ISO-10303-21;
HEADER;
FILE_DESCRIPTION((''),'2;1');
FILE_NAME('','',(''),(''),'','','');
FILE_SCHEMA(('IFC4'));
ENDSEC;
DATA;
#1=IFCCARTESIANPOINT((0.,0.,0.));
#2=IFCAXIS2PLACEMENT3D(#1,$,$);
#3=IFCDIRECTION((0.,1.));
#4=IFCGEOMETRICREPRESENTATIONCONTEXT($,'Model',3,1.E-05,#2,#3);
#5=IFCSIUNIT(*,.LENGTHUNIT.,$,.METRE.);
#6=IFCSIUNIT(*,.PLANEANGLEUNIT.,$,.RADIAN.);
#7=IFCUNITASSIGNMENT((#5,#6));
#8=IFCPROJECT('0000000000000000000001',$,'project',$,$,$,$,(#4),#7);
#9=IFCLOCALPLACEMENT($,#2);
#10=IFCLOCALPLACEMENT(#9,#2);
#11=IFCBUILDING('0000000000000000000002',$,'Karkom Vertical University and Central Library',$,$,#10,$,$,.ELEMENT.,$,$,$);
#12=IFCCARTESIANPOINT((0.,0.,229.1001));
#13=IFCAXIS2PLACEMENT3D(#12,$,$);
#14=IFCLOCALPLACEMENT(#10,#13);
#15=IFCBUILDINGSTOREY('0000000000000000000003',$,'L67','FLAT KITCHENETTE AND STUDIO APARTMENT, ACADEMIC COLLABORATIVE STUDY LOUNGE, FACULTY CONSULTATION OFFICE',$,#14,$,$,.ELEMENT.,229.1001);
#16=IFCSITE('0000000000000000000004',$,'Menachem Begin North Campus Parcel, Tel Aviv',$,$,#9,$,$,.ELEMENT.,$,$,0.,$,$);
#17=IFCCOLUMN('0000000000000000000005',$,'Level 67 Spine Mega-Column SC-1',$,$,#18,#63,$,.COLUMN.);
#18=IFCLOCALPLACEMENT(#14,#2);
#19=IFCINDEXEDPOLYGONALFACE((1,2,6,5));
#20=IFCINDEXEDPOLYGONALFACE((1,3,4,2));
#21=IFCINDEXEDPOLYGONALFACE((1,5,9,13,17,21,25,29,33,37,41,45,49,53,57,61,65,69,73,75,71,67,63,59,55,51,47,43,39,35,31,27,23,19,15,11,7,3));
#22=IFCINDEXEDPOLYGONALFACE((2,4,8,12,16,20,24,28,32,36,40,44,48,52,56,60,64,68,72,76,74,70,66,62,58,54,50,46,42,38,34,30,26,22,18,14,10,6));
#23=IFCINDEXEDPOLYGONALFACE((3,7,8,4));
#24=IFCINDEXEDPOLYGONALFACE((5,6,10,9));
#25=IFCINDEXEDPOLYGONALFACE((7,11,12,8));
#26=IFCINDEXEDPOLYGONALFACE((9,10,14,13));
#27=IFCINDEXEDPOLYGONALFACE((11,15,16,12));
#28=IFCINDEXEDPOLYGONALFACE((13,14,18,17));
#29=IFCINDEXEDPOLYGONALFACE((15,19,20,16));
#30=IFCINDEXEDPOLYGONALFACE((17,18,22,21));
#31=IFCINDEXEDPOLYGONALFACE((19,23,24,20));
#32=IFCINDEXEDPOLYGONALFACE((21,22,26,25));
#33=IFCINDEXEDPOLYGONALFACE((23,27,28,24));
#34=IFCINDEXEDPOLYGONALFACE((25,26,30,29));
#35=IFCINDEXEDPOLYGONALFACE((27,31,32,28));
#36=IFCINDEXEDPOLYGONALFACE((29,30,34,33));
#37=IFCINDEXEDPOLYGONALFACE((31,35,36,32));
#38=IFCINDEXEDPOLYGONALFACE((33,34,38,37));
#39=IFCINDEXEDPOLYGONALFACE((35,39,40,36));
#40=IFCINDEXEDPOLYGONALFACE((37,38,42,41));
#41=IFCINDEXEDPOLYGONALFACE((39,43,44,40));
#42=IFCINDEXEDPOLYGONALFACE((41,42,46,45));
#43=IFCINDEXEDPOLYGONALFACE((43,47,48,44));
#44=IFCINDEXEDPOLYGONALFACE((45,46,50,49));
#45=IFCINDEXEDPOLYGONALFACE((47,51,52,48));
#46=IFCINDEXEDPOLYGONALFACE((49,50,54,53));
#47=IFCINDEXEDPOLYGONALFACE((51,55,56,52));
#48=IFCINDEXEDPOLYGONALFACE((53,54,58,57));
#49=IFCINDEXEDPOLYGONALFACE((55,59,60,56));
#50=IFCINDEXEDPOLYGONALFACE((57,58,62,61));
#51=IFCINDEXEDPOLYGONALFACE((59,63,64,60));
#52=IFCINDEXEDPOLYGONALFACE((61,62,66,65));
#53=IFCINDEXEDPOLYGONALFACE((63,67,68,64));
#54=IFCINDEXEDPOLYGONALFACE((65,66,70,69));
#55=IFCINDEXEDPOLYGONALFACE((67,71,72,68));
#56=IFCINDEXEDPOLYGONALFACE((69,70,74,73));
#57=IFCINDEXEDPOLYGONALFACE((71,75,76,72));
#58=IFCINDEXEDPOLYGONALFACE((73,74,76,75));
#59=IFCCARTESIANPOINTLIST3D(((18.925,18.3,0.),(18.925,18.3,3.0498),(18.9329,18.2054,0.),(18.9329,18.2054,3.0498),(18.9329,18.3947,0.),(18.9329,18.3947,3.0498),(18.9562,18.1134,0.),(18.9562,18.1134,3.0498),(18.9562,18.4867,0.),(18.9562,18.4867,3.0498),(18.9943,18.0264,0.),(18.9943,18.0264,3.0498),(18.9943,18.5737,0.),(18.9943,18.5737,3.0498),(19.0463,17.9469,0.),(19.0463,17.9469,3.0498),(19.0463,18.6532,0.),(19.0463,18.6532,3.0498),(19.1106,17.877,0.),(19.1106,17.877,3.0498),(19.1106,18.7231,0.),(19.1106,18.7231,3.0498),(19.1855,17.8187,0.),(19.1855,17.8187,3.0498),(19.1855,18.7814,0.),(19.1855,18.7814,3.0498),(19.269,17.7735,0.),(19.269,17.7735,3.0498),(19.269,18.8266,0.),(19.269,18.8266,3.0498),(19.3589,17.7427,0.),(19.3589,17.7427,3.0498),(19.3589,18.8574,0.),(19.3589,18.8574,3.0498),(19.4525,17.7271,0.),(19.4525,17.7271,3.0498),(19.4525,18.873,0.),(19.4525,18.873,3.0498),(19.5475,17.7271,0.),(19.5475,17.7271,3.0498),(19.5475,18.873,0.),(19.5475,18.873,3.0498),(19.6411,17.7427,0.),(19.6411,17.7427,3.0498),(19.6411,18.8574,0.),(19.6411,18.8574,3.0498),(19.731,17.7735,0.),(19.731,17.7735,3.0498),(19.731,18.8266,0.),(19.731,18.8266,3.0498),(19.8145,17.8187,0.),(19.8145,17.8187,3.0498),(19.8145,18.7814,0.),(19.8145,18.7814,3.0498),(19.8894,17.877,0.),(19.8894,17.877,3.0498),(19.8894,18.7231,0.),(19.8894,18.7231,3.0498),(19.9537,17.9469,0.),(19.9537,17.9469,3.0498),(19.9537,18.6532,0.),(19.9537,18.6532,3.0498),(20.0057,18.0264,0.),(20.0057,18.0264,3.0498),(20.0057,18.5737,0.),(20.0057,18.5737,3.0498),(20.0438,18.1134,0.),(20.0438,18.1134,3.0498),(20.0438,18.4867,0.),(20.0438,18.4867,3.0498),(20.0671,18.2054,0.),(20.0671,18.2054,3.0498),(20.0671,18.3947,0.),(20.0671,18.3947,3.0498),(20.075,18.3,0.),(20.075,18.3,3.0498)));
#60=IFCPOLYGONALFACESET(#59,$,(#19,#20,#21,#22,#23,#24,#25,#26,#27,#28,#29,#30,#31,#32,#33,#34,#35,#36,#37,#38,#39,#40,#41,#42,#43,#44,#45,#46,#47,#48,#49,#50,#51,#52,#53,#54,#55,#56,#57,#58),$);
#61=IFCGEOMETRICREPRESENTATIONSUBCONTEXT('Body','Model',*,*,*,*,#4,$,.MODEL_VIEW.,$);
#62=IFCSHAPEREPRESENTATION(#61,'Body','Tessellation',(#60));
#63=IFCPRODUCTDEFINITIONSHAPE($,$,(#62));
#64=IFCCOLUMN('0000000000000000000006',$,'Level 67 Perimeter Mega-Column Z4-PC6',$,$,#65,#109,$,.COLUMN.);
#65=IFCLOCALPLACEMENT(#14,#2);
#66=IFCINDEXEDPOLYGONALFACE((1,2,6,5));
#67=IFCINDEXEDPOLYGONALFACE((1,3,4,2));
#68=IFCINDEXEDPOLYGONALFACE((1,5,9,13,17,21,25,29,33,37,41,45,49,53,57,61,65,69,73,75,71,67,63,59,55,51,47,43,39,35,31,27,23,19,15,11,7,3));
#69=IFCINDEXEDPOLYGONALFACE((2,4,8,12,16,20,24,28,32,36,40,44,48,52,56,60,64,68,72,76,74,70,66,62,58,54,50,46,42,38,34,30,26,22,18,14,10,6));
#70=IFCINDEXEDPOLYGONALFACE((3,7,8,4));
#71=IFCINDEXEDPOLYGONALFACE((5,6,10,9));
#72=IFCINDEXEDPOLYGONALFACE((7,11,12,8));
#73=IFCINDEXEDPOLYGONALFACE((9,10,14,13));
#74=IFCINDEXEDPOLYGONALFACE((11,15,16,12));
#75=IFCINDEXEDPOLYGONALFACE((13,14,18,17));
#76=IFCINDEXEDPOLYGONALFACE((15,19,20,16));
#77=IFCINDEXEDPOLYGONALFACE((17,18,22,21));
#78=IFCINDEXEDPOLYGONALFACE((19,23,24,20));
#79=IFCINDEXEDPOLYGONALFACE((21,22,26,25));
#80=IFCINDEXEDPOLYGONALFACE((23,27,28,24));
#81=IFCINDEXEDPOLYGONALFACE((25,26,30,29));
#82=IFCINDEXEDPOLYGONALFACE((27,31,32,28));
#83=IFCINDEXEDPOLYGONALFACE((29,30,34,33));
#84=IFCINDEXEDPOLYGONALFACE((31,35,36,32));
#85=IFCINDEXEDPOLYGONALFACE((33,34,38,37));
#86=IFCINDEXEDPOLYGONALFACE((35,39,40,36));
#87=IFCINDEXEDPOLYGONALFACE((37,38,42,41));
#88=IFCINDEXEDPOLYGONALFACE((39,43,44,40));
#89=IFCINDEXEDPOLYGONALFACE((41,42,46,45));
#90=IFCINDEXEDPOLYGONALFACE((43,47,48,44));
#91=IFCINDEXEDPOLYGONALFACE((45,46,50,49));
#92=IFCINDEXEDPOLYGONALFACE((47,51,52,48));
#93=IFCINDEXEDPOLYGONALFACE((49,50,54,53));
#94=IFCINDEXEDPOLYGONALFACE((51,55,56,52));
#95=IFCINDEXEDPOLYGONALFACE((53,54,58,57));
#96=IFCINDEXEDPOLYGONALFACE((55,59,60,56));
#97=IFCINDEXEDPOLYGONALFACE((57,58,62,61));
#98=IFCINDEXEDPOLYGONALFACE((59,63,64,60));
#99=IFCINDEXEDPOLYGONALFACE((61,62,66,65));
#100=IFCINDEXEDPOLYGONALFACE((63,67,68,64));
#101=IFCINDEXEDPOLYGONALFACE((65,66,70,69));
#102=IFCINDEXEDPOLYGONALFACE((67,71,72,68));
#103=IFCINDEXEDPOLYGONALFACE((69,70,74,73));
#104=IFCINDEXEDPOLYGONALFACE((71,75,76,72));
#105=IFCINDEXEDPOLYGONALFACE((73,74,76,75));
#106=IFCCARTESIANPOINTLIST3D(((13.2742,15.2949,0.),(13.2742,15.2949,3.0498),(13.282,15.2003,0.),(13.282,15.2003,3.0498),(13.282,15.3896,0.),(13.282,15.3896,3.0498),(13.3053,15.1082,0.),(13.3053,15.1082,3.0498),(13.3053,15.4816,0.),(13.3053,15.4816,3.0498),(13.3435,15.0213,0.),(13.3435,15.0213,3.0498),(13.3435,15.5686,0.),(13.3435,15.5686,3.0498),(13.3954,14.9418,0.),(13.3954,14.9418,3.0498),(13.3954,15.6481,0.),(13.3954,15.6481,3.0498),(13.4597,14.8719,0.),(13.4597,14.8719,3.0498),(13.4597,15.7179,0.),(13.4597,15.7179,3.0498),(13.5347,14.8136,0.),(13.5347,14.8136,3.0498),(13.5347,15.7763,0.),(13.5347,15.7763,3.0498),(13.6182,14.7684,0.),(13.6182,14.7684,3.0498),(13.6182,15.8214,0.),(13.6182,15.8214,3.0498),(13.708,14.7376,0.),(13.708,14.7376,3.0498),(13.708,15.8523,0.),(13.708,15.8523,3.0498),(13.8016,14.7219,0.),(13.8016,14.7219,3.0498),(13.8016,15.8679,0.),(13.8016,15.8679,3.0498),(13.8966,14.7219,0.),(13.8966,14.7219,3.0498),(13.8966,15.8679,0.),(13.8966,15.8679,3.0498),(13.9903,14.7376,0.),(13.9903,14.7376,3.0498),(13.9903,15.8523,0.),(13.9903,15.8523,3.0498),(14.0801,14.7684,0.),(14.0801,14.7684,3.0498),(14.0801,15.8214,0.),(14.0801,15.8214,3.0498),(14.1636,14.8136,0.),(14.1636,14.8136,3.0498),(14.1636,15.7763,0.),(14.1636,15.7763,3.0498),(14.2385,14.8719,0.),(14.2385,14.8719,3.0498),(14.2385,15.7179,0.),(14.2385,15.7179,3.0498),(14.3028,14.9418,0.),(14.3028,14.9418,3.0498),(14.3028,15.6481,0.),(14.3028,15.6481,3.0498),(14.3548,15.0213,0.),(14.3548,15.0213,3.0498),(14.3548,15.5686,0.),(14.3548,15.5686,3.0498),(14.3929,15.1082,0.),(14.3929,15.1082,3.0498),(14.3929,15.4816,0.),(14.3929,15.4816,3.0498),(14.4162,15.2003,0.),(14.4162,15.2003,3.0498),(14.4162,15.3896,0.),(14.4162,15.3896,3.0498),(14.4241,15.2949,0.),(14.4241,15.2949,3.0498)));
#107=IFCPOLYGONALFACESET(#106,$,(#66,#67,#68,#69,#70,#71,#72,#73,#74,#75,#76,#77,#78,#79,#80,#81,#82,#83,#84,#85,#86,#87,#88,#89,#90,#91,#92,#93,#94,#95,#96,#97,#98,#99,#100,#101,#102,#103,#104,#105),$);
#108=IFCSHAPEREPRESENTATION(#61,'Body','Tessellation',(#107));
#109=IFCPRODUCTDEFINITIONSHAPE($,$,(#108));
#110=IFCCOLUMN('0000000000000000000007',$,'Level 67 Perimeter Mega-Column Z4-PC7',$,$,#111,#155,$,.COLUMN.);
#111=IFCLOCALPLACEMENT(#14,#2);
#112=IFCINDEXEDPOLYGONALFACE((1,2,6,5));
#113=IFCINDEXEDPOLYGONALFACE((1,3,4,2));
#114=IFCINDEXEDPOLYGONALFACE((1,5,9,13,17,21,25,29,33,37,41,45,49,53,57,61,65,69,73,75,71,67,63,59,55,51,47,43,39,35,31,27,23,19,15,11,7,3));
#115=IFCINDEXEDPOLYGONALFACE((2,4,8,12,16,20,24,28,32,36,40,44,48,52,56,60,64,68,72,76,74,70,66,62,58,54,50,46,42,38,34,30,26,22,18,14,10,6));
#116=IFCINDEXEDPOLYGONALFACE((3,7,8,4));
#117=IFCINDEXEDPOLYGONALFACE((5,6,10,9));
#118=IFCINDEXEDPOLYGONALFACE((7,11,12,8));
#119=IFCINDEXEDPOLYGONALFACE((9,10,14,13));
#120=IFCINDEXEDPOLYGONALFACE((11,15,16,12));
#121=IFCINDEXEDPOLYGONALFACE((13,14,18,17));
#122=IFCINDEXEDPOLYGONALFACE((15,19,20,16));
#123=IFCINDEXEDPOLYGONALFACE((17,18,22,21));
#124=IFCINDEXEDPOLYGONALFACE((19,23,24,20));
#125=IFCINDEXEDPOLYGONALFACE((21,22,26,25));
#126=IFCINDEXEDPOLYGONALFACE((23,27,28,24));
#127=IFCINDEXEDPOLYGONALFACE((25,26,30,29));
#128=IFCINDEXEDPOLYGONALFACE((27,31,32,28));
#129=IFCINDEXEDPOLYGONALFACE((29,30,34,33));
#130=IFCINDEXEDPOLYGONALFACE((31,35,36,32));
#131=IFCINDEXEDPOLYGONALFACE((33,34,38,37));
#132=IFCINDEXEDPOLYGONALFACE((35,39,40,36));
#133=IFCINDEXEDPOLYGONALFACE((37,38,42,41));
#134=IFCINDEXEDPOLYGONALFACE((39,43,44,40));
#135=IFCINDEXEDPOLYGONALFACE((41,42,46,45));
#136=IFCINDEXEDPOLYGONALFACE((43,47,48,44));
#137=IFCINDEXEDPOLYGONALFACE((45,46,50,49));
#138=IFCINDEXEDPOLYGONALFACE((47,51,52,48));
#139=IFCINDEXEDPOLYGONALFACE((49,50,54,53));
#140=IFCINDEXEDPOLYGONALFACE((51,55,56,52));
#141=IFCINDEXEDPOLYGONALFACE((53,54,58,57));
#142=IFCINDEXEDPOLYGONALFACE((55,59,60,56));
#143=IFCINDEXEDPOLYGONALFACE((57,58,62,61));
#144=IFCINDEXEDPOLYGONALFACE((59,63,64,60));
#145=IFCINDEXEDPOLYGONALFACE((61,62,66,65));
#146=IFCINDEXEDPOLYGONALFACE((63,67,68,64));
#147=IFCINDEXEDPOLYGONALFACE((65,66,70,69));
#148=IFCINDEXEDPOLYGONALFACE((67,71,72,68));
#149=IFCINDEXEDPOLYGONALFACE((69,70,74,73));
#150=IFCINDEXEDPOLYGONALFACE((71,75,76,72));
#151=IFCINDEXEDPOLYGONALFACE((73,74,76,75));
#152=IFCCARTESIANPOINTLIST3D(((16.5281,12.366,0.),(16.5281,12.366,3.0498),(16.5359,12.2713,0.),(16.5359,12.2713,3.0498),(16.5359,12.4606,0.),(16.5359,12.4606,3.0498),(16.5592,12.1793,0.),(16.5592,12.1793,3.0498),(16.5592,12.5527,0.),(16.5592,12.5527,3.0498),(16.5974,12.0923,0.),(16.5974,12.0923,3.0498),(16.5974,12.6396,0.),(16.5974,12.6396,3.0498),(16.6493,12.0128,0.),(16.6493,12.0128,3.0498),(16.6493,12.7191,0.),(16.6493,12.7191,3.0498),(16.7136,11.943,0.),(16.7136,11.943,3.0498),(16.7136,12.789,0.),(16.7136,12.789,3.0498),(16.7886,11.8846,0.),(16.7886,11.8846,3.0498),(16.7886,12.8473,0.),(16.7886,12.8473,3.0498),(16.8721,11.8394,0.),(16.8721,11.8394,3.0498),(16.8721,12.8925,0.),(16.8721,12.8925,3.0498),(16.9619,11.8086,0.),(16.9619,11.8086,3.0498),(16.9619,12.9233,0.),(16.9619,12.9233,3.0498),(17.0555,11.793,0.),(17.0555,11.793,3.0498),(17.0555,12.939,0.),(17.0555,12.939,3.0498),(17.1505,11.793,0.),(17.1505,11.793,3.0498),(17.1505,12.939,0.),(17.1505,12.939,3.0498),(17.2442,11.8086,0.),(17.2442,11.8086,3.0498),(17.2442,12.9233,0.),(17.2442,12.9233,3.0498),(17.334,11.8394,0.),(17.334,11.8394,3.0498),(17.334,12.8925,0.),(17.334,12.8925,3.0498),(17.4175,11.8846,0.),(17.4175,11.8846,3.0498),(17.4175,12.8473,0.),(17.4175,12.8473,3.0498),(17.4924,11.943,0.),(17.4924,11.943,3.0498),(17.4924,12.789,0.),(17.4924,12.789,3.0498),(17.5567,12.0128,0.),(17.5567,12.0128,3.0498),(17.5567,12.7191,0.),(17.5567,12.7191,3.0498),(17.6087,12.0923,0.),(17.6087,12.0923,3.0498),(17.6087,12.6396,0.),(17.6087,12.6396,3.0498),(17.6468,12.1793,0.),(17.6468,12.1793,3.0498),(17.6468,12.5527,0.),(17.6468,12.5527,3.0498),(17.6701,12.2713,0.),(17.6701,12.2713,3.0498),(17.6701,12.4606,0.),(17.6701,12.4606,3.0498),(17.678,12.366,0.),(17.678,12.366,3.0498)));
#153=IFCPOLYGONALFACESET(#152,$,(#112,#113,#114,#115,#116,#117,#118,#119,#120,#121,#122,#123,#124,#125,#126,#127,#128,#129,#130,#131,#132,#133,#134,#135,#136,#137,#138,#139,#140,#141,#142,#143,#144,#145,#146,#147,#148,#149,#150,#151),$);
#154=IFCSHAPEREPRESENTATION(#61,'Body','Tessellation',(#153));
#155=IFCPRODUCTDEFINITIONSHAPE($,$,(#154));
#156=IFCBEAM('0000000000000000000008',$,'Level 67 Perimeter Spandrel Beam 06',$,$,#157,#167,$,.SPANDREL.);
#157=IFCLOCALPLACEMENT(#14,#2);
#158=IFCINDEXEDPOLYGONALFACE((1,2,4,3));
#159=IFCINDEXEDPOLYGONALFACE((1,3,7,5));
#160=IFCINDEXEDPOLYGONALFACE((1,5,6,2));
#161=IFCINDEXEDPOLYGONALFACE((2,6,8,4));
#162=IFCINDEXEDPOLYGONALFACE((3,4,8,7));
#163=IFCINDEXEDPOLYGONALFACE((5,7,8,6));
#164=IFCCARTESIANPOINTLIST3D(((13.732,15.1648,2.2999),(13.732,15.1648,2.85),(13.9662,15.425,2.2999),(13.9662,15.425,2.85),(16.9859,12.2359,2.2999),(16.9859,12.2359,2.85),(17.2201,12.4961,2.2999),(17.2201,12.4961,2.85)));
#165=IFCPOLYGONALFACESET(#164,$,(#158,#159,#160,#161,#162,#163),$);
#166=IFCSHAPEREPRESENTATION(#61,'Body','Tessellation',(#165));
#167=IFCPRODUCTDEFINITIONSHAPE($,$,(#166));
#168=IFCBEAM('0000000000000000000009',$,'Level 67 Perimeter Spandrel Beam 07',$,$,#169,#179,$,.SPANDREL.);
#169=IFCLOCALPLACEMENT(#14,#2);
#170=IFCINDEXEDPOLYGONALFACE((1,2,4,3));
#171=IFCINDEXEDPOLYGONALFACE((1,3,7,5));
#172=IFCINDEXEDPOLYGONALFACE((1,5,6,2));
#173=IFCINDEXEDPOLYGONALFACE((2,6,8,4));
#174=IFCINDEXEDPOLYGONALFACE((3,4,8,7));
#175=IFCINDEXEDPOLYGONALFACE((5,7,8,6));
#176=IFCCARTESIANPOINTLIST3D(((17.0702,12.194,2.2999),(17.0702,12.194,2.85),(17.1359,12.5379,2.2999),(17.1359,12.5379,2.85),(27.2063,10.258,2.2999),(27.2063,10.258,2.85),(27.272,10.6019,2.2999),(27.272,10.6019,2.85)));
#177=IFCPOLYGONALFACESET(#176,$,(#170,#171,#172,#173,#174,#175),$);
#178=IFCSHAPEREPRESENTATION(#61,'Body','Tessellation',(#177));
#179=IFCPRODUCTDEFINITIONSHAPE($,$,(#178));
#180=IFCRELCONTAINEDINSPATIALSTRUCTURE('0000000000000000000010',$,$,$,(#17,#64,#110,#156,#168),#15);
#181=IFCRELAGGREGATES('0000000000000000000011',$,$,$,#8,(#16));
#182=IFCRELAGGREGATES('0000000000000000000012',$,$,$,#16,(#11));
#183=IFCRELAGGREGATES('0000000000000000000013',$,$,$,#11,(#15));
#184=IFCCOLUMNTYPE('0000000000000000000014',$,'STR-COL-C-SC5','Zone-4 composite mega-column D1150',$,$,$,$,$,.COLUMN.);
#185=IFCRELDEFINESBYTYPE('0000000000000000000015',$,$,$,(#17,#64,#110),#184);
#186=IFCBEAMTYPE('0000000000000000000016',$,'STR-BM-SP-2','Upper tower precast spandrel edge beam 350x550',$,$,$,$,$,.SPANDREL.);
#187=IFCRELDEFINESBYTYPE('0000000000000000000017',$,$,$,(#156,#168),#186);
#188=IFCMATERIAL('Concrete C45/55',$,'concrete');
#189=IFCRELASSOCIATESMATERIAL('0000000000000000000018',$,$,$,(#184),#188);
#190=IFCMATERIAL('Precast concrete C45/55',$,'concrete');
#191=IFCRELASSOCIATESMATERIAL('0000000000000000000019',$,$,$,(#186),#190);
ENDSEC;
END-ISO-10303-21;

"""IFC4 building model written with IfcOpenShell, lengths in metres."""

from ifc_helpers import new_model, si_unit, direction, frame, origin, origin_with_axes, origin_2d, place, context, subcontext, project, spatial, rectangle, circle, extrude, source, transform, mapped, material, material_profile, profile_set, type_object, element, save


model = new_model("IFC4")

# Units and contexts
model_context = context("Model", 3, precision=1e-05, world=origin(), true_north=direction((0.0, 1.0)))
body_context = subcontext(model_context, "Body", "Model", "MODEL_VIEW")
ifc_project = project(units=[si_unit("LENGTHUNIT", "METRE"), si_unit("PLANEANGLEUNIT", "RADIAN")], contexts=[model_context])

# Site, building, storey
site_placement = place(None, origin())
site = spatial("IfcSite", under=ifc_project, at=site_placement, Name="Menachem Begin North Campus Parcel, Tel Aviv", CompositionType="ELEMENT", RefElevation=0.0)
building_placement = place(site_placement, origin())
building = spatial("IfcBuilding", under=site, at=building_placement, Name="Karkom Vertical University and Central Library", CompositionType="ELEMENT")
storey_placement = place(building_placement, frame((0.0, 0.0, 229.1001)))
storey = spatial("IfcBuildingStorey", under=building, at=storey_placement, Name="L67", Description="FLAT KITCHENETTE AND STUDIO APARTMENT, ACADEMIC COLLABORATIVE STUDY LOUNGE, FACULTY CONSULTATION OFFICE", CompositionType="ELEMENT", Elevation=229.1001)

# Columns
ifc_material_1 = material(Name="Concrete C45/55", Category="concrete")
ifc_material_profile_1 = material_profile(ifc_material_1, circle(Radius=0.575, at=origin_2d()), Name="CFT-D1150")
ifc_profile_set_1 = profile_set([ifc_material_profile_1], Name="Concrete C45/55")
column_type = type_object("IfcColumnType", Name="STR-COL-C-SC5", Description="Zone-4 composite mega-column D1150", PredefinedType="COLUMN", material=ifc_profile_set_1)
shared_shape_1 = source(origin_with_axes(), body_context, "Body", "SweptSolid", [
    extrude(circle(Radius=0.575, at=origin_2d()), origin(), (0.0, 0.0, 1.0), 3.0498),
])
for number, where, z_axis, x_axis, name in (
    (1, (19.5, 18.3, 0.0), (0.0, 0.0, 1.0), (1.0, 0.0, 0.0), "Level 67 Spine Mega-Column SC-1"),
    (2, (13.8491, 15.2949, 0.0), (0.0, 0.0, 1.0), (1.0, 0.0, 0.0), "Level 67 Perimeter Mega-Column Z4-PC6"),
    (3, (17.103, 12.366, 0.0), (0.0, 0.0, 1.0), (1.0, 0.0, 0.0), "Level 67 Perimeter Mega-Column Z4-PC7"),
):
    element("IfcColumn", number, at=place(storey_placement, frame(where, z_axis=z_axis, x_axis=x_axis)), inside=storey, type_object=column_type, Name=name, PredefinedType="COLUMN", context=body_context, shape_type="MappedRepresentation", body=[
        mapped(shared_shape_1, transform((0.0, 0.0, 0.0), scale=1.0)),
    ])

# Beams
ifc_material_2 = material(Name="Precast concrete C45/55", Category="concrete")
ifc_material_profile_2 = material_profile(ifc_material_2, rectangle(XDim=0.3501, YDim=0.55, at=origin_2d()), Name="SPB-350x550")
ifc_profile_set_2 = profile_set([ifc_material_profile_2], Name="Precast concrete C45/55")
beam_type_1 = type_object("IfcBeamType", Name="STR-BM-SP-2", Description="Upper tower precast spandrel edge beam 350x550", PredefinedType="SPANDREL", material=ifc_profile_set_2)
shared_shape_2 = source(origin_with_axes(), body_context, "Body", "SweptSolid", [
    extrude(rectangle(XDim=0.3501, YDim=0.55, at=origin_2d()), origin(), (0.0, 0.0, 1.0), 4.3779),
])
beam_1_placement = place(storey_placement, frame((13.8491, 15.2949, 2.575), z_axis=(0.743244, -0.66902, 0.0), x_axis=(0.66902, 0.743244, 0.0)))
element("IfcBeam", 4, at=beam_1_placement, inside=storey, type_object=beam_type_1, Name="Level 67 Perimeter Spandrel Beam 06", PredefinedType="SPANDREL", context=body_context, shape_type="MappedRepresentation", body=[
    mapped(shared_shape_2, transform((0.0, 0.0, 0.0), scale=1.0)),
])
shared_shape_3 = source(origin_with_axes(), body_context, "Body", "SweptSolid", [
    extrude(rectangle(XDim=0.3501, YDim=0.55, at=origin_2d()), origin(), (0.0, 0.0, 1.0), 10.3193),
])
beam_2_placement = place(storey_placement, frame((17.103, 12.366, 2.575), z_axis=(0.982243, -0.187614, 0.0), x_axis=(0.187614, 0.982243, 0.0)))
element("IfcBeam", 5, at=beam_2_placement, inside=storey, type_object=beam_type_1, Name="Level 67 Perimeter Spandrel Beam 07", PredefinedType="SPANDREL", context=body_context, shape_type="MappedRepresentation", body=[
    mapped(shared_shape_3, transform((0.0, 0.0, 0.0), scale=1.0)),
])

save(model, "model.ifc")
